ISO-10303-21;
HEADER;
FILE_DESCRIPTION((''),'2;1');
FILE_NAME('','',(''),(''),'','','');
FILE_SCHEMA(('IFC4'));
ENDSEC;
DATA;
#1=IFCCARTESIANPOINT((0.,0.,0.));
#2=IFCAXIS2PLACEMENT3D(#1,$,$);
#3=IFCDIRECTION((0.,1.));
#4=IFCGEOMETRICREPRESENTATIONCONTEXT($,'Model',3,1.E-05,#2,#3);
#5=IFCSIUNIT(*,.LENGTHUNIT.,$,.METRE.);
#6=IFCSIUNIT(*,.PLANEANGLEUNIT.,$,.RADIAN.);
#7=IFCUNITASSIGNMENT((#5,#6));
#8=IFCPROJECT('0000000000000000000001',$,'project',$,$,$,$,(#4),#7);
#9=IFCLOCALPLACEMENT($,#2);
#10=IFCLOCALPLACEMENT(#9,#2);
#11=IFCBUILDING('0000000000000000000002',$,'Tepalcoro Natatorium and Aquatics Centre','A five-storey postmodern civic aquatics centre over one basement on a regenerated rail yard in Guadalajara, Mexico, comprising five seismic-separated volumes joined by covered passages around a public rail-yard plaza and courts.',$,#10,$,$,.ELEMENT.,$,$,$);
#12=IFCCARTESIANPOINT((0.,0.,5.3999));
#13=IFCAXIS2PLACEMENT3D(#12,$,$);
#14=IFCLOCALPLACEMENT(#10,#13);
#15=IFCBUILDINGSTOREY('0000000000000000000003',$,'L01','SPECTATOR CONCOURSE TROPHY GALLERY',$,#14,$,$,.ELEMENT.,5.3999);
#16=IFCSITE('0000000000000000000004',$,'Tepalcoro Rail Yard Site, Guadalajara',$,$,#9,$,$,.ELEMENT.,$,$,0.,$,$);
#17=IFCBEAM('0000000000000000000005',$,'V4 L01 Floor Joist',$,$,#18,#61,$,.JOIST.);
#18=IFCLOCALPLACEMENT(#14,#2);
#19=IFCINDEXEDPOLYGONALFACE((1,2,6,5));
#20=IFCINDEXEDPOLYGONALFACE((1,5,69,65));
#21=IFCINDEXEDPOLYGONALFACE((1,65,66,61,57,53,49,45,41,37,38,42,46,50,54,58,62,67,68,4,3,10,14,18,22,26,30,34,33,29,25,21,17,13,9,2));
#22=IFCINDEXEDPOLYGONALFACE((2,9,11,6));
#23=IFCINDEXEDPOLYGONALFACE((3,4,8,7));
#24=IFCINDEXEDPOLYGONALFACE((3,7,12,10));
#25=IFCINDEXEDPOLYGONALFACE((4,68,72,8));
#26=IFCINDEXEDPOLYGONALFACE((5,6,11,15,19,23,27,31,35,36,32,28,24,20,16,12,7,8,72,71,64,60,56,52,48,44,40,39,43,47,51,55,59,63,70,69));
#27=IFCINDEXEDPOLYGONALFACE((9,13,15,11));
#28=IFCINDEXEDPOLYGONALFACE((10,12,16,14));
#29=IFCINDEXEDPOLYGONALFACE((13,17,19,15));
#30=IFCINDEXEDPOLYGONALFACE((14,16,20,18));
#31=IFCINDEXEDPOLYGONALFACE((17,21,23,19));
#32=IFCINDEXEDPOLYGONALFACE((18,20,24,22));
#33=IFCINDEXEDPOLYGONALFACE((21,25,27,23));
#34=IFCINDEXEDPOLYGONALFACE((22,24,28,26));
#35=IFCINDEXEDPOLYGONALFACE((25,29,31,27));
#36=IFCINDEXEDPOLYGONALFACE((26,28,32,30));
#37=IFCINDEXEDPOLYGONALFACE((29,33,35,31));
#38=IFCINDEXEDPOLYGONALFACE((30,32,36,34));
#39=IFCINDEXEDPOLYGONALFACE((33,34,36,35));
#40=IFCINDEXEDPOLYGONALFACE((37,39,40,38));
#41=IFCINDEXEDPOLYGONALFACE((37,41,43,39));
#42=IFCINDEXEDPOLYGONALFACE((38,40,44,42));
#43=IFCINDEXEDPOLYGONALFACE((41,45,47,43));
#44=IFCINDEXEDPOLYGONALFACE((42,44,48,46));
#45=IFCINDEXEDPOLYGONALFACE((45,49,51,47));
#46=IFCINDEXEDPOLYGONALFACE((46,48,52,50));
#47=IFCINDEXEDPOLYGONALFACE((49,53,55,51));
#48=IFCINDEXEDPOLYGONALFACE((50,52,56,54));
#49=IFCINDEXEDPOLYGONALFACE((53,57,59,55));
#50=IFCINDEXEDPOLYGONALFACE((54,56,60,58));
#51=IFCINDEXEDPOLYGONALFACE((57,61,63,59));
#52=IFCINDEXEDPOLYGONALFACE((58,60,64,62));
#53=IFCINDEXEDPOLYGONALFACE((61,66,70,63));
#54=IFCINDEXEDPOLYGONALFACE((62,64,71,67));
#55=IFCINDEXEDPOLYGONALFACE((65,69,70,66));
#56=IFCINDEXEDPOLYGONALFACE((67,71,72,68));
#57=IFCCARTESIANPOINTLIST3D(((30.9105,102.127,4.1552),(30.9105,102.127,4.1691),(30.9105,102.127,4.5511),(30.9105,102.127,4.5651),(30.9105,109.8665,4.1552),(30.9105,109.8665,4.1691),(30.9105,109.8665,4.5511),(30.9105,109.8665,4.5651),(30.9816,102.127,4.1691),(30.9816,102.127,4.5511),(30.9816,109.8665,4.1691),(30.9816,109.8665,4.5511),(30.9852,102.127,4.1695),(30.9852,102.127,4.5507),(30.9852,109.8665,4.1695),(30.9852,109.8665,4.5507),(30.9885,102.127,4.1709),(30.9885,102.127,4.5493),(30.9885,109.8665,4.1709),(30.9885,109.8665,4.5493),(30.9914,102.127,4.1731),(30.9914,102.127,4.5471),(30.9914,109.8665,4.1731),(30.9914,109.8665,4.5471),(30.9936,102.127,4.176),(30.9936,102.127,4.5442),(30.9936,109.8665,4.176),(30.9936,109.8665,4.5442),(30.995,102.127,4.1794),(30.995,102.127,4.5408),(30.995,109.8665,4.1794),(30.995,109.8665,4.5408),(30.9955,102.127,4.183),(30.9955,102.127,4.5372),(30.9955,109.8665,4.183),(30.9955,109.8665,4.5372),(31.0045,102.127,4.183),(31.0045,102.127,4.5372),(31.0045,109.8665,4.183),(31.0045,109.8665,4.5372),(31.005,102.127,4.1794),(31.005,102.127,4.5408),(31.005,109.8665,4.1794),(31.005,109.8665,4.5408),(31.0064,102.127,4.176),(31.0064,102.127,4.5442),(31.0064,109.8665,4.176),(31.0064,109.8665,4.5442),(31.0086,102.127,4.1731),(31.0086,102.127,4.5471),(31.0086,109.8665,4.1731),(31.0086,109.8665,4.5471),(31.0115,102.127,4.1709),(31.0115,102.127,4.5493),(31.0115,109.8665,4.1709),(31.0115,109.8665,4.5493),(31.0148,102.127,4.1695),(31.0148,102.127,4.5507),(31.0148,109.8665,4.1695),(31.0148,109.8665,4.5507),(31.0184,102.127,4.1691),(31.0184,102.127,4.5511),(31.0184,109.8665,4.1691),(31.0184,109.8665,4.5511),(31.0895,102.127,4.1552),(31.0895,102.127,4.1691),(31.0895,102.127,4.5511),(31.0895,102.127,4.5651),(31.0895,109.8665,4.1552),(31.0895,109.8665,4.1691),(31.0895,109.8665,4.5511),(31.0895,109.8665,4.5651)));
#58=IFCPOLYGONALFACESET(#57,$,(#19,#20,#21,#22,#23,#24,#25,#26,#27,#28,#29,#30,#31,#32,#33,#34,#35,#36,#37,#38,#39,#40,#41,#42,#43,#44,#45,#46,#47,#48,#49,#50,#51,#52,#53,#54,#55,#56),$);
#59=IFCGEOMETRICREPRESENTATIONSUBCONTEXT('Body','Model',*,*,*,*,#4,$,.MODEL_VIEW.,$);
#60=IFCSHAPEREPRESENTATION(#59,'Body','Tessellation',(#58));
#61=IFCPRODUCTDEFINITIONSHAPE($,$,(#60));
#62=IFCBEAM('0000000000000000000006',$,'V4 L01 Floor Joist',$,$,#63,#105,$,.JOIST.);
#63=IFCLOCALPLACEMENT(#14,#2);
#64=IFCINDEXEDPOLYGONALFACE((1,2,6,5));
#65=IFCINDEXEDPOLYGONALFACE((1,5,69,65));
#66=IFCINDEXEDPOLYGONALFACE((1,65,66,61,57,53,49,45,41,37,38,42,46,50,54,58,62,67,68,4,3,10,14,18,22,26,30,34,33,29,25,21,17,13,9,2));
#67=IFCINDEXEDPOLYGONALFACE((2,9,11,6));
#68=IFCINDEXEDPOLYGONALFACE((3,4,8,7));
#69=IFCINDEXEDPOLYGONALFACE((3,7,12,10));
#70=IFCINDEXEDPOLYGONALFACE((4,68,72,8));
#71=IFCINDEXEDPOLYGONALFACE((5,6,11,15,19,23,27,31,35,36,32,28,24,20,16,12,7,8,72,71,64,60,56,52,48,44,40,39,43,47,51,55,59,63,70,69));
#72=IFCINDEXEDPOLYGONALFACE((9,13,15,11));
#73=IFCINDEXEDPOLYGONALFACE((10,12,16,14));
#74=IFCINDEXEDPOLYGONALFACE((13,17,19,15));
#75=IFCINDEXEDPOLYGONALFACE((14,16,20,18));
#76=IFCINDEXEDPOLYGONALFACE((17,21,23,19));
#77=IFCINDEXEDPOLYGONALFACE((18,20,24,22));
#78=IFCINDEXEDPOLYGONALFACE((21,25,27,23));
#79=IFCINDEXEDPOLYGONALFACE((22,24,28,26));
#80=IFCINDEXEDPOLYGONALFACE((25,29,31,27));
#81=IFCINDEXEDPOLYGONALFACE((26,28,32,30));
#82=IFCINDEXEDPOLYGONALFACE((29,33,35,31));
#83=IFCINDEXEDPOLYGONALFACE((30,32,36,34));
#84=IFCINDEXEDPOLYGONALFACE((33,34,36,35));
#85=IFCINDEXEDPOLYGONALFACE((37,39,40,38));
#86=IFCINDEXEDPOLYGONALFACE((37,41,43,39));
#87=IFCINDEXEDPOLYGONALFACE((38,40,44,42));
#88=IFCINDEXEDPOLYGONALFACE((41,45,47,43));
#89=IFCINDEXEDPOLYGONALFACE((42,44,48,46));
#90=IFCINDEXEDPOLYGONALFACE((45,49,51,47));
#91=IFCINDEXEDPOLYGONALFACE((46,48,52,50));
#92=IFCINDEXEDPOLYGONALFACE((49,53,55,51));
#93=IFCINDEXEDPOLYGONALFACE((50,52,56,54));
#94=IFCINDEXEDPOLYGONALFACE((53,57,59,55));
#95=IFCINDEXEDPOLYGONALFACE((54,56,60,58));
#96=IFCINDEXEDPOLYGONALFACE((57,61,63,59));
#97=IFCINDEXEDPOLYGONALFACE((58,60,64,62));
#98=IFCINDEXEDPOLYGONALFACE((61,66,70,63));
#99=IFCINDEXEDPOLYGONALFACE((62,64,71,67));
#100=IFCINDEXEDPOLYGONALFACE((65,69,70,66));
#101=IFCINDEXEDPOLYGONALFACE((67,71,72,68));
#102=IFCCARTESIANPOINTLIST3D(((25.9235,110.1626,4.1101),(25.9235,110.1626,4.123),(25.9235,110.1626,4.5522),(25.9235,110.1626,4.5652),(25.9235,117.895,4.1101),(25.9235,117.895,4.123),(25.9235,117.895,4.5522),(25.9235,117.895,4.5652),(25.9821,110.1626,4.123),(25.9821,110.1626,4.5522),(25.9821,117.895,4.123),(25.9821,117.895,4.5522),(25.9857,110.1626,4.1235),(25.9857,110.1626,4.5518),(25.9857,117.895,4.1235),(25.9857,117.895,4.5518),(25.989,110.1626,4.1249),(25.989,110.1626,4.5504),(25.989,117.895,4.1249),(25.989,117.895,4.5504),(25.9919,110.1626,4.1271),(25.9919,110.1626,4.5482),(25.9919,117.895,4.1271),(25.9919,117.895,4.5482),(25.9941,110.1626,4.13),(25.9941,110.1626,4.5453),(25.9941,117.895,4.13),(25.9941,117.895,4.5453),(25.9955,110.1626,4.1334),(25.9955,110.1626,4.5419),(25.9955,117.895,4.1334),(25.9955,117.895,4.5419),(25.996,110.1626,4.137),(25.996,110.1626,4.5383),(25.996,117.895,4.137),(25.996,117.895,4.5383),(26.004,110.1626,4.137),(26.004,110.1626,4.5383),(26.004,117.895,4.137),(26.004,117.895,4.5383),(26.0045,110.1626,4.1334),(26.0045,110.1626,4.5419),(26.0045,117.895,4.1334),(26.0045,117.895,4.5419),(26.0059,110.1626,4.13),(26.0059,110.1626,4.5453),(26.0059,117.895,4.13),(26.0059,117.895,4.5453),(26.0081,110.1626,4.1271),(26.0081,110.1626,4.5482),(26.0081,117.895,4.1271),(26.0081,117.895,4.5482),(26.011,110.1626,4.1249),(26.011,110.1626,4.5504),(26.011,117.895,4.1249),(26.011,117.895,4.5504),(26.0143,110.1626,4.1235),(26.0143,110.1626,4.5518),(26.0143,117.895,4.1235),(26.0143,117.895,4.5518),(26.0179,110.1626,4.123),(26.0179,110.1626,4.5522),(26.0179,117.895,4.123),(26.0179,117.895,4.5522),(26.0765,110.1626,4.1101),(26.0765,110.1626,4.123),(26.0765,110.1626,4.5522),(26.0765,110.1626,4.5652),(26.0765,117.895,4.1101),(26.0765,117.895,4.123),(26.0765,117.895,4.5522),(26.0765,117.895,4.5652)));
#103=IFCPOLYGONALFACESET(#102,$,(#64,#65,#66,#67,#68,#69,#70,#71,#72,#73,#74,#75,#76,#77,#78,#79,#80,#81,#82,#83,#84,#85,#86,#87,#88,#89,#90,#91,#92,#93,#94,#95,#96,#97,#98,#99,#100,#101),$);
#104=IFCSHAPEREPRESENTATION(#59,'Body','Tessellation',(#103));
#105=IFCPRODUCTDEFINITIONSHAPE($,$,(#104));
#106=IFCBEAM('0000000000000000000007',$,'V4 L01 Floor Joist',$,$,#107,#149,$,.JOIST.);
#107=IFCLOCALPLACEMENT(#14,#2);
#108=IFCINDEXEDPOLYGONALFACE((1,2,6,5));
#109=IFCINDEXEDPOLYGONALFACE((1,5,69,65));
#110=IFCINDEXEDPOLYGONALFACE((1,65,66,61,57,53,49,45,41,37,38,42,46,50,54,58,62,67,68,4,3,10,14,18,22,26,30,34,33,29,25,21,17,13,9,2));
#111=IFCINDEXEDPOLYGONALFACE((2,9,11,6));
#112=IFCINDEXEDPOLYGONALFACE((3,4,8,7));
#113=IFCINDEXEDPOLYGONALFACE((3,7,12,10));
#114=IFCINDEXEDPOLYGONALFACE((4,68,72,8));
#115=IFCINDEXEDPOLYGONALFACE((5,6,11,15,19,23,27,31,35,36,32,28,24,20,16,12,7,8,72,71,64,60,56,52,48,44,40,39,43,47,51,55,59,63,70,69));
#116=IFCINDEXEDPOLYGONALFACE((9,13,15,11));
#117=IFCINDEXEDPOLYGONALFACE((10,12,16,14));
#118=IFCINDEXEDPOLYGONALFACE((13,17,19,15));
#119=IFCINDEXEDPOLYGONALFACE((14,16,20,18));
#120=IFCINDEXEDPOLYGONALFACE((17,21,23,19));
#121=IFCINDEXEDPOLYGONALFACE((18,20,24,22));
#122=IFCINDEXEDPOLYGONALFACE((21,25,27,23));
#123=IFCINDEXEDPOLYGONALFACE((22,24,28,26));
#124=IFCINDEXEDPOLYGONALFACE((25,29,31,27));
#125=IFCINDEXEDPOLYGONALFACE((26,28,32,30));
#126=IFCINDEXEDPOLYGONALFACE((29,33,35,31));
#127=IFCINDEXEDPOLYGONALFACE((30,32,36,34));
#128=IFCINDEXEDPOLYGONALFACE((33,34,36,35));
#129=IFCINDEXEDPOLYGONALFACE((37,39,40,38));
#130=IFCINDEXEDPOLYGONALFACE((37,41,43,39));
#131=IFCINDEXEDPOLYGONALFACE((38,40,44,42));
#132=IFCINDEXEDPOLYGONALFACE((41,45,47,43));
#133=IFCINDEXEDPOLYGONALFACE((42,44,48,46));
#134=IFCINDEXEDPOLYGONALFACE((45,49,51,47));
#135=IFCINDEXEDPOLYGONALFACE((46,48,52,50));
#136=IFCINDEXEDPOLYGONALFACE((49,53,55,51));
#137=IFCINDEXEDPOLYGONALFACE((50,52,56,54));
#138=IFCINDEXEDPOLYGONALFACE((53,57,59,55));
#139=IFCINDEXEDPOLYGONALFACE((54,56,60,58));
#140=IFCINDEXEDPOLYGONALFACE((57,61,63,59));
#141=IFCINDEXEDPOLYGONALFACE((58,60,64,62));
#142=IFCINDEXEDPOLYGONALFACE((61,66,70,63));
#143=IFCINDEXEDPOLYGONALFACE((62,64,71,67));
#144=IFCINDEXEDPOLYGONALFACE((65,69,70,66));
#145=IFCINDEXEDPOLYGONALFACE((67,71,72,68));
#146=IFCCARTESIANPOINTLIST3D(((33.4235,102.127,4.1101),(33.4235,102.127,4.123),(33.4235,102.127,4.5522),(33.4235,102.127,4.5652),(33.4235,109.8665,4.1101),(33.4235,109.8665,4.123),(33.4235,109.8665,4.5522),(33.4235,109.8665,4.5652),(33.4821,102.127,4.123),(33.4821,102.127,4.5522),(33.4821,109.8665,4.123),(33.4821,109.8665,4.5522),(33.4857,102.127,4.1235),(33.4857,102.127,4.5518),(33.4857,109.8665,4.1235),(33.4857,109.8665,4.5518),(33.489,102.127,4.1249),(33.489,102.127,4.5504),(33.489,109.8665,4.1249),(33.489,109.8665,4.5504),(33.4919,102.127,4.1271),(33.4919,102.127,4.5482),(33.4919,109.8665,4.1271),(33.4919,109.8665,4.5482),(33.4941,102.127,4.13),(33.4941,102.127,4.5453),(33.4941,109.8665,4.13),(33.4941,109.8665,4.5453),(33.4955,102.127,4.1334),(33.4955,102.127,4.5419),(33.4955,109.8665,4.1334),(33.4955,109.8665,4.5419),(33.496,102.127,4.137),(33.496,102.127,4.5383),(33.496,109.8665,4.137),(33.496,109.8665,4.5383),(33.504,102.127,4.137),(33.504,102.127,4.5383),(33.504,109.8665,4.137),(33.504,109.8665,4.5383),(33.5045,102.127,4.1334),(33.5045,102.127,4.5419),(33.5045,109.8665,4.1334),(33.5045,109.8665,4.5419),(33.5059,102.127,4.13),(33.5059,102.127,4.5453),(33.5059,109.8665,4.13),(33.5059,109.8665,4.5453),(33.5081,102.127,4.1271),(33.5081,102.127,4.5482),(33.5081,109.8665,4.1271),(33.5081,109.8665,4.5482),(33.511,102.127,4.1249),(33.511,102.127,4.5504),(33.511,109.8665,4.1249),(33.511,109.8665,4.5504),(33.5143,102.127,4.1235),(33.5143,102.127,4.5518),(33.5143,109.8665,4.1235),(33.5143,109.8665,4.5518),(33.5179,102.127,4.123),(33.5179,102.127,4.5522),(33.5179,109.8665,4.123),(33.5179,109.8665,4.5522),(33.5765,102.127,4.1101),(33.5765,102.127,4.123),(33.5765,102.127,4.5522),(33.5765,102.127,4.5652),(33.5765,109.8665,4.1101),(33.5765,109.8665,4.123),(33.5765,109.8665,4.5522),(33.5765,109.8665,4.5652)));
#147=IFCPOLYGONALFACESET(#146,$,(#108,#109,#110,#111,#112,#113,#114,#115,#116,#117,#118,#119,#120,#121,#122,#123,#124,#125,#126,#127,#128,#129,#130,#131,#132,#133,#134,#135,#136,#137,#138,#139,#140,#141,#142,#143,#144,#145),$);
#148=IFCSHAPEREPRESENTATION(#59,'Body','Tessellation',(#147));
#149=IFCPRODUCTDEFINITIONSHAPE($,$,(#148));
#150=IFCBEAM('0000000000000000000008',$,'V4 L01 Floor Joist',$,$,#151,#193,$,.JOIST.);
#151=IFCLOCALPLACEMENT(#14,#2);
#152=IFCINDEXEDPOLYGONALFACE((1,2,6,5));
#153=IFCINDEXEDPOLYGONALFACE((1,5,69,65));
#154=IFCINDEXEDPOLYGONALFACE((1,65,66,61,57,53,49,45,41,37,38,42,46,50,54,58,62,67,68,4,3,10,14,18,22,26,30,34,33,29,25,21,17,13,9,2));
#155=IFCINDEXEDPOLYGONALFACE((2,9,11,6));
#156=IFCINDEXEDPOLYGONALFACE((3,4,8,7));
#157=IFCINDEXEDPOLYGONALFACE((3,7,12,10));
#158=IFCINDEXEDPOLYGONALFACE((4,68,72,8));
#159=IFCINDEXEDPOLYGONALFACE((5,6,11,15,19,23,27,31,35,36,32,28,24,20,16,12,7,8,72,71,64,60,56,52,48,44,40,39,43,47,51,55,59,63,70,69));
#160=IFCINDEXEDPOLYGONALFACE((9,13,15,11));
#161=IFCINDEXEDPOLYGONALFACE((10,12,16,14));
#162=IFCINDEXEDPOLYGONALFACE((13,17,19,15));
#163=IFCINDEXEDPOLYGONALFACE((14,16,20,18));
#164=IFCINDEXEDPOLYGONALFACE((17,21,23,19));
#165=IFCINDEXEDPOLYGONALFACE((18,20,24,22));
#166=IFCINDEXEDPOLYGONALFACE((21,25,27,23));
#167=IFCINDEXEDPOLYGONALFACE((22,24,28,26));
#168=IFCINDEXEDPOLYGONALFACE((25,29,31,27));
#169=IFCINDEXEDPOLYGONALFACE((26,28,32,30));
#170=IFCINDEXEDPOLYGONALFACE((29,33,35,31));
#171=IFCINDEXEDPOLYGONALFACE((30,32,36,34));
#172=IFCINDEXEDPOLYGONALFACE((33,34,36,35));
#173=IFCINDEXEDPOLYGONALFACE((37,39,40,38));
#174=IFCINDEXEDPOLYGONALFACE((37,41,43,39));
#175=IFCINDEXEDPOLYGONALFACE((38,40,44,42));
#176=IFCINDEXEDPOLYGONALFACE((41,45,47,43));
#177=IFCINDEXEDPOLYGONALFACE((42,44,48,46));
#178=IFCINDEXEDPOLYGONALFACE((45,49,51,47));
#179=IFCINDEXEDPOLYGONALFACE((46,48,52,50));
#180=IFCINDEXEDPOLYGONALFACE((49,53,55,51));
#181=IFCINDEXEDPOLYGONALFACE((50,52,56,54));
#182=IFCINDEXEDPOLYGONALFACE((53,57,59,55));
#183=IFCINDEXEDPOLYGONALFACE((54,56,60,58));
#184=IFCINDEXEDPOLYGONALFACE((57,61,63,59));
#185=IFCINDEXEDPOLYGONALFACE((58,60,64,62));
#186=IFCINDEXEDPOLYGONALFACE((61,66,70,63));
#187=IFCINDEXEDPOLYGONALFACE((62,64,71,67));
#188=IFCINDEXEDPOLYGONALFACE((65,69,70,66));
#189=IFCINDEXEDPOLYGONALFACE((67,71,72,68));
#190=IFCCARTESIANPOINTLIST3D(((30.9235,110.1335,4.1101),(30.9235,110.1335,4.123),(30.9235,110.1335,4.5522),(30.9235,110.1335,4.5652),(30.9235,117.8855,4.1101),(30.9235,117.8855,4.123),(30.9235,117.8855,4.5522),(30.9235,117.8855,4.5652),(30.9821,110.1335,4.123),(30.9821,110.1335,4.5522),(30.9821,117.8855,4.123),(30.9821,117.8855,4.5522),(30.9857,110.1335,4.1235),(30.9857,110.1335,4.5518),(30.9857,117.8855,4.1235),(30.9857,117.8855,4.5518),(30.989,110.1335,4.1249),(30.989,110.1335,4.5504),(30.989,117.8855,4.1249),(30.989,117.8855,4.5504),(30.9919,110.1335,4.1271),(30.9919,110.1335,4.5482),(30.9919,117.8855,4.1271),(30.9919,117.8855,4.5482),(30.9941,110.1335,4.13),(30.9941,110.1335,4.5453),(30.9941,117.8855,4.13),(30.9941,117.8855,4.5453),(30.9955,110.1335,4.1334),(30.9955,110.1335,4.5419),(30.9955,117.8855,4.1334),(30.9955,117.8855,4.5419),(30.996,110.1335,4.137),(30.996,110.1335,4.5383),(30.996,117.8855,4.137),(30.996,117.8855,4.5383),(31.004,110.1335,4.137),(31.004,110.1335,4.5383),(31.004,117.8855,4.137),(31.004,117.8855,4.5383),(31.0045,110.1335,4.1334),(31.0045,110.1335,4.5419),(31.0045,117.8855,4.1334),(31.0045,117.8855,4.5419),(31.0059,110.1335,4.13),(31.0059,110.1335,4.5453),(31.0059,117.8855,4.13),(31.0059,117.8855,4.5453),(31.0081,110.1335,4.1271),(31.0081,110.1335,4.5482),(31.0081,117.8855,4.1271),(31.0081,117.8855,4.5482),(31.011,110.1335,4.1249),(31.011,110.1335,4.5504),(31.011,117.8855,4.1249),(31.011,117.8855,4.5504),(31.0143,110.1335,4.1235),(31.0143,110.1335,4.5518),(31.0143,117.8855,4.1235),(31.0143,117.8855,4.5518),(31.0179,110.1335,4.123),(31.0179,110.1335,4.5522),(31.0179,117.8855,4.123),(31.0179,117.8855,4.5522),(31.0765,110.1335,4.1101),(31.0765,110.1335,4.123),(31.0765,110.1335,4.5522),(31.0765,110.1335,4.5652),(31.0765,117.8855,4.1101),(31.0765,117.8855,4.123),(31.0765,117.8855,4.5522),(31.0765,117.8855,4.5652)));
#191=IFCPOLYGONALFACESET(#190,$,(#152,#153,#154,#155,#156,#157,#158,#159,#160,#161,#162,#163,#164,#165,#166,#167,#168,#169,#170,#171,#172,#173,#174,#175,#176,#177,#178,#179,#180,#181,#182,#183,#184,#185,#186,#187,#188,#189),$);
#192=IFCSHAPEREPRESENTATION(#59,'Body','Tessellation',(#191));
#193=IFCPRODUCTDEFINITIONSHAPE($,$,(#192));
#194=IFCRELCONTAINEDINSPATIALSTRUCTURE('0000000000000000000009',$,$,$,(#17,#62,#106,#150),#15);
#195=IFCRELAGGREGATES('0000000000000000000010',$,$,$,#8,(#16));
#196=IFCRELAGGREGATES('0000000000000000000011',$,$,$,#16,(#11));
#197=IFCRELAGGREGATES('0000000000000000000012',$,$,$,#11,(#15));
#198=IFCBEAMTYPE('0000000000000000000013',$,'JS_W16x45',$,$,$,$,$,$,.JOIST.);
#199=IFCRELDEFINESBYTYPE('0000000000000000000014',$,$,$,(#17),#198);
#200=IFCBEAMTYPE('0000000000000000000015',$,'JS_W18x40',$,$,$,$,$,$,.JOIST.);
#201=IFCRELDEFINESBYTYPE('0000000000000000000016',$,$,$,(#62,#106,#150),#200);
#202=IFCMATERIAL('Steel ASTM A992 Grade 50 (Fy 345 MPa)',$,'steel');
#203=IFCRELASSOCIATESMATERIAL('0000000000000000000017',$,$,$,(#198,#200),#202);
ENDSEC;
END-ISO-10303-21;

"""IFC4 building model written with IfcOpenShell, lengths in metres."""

from ifc_helpers import new_model, si_unit, direction, frame, origin, origin_2d, place, context, subcontext, project, spatial, i_section, extrude, material, material_profile, profile_set, type_object, element, save


model = new_model("IFC4")

# Units and contexts
model_context = context("Model", 3, precision=1e-05, world=origin(), true_north=direction((0.0, 1.0)))
body_context = subcontext(model_context, "Body", "Model", "MODEL_VIEW")
ifc_project = project(units=[si_unit("LENGTHUNIT", "METRE"), si_unit("PLANEANGLEUNIT", "RADIAN")], contexts=[model_context])

# Site, building, storey
site_placement = place(None, origin())
site = spatial("IfcSite", under=ifc_project, at=site_placement, Name="Tepalcoro Rail Yard Site, Guadalajara", CompositionType="ELEMENT", RefElevation=0.0)
building_placement = place(site_placement, origin())
building = spatial("IfcBuilding", under=site, at=building_placement, Name="Tepalcoro Natatorium and Aquatics Centre", Description="A five-storey postmodern civic aquatics centre over one basement on a regenerated rail yard in Guadalajara, Mexico, comprising five seismic-separated volumes joined by covered passages around a public rail-yard plaza and courts.", CompositionType="ELEMENT")
storey_placement = place(building_placement, frame((0.0, 0.0, 5.3999)))
storey = spatial("IfcBuildingStorey", under=building, at=storey_placement, Name="L01", Description="SPECTATOR CONCOURSE TROPHY GALLERY", CompositionType="ELEMENT", Elevation=5.3999)

# Shared definitions
ifc_material_1 = material(Name="Steel ASTM A992 Grade 50 (Fy 345 MPa)", Category="steel")

# Beams
ifc_material_profile_1 = material_profile(ifc_material_1, i_section(OverallWidth=0.179, OverallDepth=0.4099, WebThickness=0.009, FlangeThickness=0.0139, FilletRadius=0.0139, at=origin_2d()), Name="W16X45")
ifc_profile_set_1 = profile_set([ifc_material_profile_1], Name="Steel ASTM A992 Grade 50 (Fy 345 MPa)")
beam_type_1 = type_object("IfcBeamType", Name="JS_W16x45", PredefinedType="JOIST", material=ifc_profile_set_1)
beam_1_placement = place(storey_placement, frame((31.0, 102.127, 4.3601), z_axis=(0.0, 1.0, 0.0), x_axis=(-1.0, 0.0, 0.0)))
element("IfcBeam", 1, at=beam_1_placement, inside=storey, type_object=beam_type_1, Name="V4 L01 Floor Joist", PredefinedType="JOIST", context=body_context, shape_type="SweptSolid", body=[
    extrude(i_section(OverallWidth=0.179, OverallDepth=0.4099, WebThickness=0.009, FlangeThickness=0.0139, FilletRadius=0.0139, at=origin_2d()), origin(), (0.0, 0.0, 1.0), 7.7395),
])
ifc_material_profile_2 = material_profile(ifc_material_1, i_section(OverallWidth=0.1531, OverallDepth=0.4551, WebThickness=0.0081, FlangeThickness=0.0129, FilletRadius=0.0139, at=origin_2d()), Name="W18X40")
ifc_profile_set_2 = profile_set([ifc_material_profile_2], Name="Steel ASTM A992 Grade 50 (Fy 345 MPa)")
beam_type_2 = type_object("IfcBeamType", Name="JS_W18x40", PredefinedType="JOIST", material=ifc_profile_set_2)
beam_2_placement = place(storey_placement, frame((26.0, 110.1626, 4.3376), z_axis=(0.0, 1.0, 0.0), x_axis=(-1.0, 0.0, 0.0)))
element("IfcBeam", 2, at=beam_2_placement, inside=storey, type_object=beam_type_2, Name="V4 L01 Floor Joist", PredefinedType="JOIST", context=body_context, shape_type="SweptSolid", body=[
    extrude(i_section(OverallWidth=0.1531, OverallDepth=0.4551, WebThickness=0.0081, FlangeThickness=0.0129, FilletRadius=0.0139, at=origin_2d()), origin(), (0.0, 0.0, 1.0), 7.7324),
])
beam_3_placement = place(storey_placement, frame((33.5, 102.127, 4.3376), z_axis=(0.0, 1.0, 0.0), x_axis=(-1.0, 0.0, 0.0)))
element("IfcBeam", 3, at=beam_3_placement, inside=storey, type_object=beam_type_2, Name="V4 L01 Floor Joist", PredefinedType="JOIST", context=body_context, shape_type="SweptSolid", body=[
    extrude(i_section(OverallWidth=0.1531, OverallDepth=0.4551, WebThickness=0.0081, FlangeThickness=0.0129, FilletRadius=0.0139, at=origin_2d()), origin(), (0.0, 0.0, 1.0), 7.7395),
])
beam_4_placement = place(storey_placement, frame((31.0, 110.1335, 4.3376), z_axis=(0.0, 1.0, 0.0), x_axis=(-1.0, 0.0, 0.0)))
element("IfcBeam", 4, at=beam_4_placement, inside=storey, type_object=beam_type_2, Name="V4 L01 Floor Joist", PredefinedType="JOIST", context=body_context, shape_type="SweptSolid", body=[
    extrude(i_section(OverallWidth=0.1531, OverallDepth=0.4551, WebThickness=0.0081, FlangeThickness=0.0129, FilletRadius=0.0139, at=origin_2d()), origin(), (0.0, 0.0, 1.0), 7.752),
])

save(model, "model.ifc")
